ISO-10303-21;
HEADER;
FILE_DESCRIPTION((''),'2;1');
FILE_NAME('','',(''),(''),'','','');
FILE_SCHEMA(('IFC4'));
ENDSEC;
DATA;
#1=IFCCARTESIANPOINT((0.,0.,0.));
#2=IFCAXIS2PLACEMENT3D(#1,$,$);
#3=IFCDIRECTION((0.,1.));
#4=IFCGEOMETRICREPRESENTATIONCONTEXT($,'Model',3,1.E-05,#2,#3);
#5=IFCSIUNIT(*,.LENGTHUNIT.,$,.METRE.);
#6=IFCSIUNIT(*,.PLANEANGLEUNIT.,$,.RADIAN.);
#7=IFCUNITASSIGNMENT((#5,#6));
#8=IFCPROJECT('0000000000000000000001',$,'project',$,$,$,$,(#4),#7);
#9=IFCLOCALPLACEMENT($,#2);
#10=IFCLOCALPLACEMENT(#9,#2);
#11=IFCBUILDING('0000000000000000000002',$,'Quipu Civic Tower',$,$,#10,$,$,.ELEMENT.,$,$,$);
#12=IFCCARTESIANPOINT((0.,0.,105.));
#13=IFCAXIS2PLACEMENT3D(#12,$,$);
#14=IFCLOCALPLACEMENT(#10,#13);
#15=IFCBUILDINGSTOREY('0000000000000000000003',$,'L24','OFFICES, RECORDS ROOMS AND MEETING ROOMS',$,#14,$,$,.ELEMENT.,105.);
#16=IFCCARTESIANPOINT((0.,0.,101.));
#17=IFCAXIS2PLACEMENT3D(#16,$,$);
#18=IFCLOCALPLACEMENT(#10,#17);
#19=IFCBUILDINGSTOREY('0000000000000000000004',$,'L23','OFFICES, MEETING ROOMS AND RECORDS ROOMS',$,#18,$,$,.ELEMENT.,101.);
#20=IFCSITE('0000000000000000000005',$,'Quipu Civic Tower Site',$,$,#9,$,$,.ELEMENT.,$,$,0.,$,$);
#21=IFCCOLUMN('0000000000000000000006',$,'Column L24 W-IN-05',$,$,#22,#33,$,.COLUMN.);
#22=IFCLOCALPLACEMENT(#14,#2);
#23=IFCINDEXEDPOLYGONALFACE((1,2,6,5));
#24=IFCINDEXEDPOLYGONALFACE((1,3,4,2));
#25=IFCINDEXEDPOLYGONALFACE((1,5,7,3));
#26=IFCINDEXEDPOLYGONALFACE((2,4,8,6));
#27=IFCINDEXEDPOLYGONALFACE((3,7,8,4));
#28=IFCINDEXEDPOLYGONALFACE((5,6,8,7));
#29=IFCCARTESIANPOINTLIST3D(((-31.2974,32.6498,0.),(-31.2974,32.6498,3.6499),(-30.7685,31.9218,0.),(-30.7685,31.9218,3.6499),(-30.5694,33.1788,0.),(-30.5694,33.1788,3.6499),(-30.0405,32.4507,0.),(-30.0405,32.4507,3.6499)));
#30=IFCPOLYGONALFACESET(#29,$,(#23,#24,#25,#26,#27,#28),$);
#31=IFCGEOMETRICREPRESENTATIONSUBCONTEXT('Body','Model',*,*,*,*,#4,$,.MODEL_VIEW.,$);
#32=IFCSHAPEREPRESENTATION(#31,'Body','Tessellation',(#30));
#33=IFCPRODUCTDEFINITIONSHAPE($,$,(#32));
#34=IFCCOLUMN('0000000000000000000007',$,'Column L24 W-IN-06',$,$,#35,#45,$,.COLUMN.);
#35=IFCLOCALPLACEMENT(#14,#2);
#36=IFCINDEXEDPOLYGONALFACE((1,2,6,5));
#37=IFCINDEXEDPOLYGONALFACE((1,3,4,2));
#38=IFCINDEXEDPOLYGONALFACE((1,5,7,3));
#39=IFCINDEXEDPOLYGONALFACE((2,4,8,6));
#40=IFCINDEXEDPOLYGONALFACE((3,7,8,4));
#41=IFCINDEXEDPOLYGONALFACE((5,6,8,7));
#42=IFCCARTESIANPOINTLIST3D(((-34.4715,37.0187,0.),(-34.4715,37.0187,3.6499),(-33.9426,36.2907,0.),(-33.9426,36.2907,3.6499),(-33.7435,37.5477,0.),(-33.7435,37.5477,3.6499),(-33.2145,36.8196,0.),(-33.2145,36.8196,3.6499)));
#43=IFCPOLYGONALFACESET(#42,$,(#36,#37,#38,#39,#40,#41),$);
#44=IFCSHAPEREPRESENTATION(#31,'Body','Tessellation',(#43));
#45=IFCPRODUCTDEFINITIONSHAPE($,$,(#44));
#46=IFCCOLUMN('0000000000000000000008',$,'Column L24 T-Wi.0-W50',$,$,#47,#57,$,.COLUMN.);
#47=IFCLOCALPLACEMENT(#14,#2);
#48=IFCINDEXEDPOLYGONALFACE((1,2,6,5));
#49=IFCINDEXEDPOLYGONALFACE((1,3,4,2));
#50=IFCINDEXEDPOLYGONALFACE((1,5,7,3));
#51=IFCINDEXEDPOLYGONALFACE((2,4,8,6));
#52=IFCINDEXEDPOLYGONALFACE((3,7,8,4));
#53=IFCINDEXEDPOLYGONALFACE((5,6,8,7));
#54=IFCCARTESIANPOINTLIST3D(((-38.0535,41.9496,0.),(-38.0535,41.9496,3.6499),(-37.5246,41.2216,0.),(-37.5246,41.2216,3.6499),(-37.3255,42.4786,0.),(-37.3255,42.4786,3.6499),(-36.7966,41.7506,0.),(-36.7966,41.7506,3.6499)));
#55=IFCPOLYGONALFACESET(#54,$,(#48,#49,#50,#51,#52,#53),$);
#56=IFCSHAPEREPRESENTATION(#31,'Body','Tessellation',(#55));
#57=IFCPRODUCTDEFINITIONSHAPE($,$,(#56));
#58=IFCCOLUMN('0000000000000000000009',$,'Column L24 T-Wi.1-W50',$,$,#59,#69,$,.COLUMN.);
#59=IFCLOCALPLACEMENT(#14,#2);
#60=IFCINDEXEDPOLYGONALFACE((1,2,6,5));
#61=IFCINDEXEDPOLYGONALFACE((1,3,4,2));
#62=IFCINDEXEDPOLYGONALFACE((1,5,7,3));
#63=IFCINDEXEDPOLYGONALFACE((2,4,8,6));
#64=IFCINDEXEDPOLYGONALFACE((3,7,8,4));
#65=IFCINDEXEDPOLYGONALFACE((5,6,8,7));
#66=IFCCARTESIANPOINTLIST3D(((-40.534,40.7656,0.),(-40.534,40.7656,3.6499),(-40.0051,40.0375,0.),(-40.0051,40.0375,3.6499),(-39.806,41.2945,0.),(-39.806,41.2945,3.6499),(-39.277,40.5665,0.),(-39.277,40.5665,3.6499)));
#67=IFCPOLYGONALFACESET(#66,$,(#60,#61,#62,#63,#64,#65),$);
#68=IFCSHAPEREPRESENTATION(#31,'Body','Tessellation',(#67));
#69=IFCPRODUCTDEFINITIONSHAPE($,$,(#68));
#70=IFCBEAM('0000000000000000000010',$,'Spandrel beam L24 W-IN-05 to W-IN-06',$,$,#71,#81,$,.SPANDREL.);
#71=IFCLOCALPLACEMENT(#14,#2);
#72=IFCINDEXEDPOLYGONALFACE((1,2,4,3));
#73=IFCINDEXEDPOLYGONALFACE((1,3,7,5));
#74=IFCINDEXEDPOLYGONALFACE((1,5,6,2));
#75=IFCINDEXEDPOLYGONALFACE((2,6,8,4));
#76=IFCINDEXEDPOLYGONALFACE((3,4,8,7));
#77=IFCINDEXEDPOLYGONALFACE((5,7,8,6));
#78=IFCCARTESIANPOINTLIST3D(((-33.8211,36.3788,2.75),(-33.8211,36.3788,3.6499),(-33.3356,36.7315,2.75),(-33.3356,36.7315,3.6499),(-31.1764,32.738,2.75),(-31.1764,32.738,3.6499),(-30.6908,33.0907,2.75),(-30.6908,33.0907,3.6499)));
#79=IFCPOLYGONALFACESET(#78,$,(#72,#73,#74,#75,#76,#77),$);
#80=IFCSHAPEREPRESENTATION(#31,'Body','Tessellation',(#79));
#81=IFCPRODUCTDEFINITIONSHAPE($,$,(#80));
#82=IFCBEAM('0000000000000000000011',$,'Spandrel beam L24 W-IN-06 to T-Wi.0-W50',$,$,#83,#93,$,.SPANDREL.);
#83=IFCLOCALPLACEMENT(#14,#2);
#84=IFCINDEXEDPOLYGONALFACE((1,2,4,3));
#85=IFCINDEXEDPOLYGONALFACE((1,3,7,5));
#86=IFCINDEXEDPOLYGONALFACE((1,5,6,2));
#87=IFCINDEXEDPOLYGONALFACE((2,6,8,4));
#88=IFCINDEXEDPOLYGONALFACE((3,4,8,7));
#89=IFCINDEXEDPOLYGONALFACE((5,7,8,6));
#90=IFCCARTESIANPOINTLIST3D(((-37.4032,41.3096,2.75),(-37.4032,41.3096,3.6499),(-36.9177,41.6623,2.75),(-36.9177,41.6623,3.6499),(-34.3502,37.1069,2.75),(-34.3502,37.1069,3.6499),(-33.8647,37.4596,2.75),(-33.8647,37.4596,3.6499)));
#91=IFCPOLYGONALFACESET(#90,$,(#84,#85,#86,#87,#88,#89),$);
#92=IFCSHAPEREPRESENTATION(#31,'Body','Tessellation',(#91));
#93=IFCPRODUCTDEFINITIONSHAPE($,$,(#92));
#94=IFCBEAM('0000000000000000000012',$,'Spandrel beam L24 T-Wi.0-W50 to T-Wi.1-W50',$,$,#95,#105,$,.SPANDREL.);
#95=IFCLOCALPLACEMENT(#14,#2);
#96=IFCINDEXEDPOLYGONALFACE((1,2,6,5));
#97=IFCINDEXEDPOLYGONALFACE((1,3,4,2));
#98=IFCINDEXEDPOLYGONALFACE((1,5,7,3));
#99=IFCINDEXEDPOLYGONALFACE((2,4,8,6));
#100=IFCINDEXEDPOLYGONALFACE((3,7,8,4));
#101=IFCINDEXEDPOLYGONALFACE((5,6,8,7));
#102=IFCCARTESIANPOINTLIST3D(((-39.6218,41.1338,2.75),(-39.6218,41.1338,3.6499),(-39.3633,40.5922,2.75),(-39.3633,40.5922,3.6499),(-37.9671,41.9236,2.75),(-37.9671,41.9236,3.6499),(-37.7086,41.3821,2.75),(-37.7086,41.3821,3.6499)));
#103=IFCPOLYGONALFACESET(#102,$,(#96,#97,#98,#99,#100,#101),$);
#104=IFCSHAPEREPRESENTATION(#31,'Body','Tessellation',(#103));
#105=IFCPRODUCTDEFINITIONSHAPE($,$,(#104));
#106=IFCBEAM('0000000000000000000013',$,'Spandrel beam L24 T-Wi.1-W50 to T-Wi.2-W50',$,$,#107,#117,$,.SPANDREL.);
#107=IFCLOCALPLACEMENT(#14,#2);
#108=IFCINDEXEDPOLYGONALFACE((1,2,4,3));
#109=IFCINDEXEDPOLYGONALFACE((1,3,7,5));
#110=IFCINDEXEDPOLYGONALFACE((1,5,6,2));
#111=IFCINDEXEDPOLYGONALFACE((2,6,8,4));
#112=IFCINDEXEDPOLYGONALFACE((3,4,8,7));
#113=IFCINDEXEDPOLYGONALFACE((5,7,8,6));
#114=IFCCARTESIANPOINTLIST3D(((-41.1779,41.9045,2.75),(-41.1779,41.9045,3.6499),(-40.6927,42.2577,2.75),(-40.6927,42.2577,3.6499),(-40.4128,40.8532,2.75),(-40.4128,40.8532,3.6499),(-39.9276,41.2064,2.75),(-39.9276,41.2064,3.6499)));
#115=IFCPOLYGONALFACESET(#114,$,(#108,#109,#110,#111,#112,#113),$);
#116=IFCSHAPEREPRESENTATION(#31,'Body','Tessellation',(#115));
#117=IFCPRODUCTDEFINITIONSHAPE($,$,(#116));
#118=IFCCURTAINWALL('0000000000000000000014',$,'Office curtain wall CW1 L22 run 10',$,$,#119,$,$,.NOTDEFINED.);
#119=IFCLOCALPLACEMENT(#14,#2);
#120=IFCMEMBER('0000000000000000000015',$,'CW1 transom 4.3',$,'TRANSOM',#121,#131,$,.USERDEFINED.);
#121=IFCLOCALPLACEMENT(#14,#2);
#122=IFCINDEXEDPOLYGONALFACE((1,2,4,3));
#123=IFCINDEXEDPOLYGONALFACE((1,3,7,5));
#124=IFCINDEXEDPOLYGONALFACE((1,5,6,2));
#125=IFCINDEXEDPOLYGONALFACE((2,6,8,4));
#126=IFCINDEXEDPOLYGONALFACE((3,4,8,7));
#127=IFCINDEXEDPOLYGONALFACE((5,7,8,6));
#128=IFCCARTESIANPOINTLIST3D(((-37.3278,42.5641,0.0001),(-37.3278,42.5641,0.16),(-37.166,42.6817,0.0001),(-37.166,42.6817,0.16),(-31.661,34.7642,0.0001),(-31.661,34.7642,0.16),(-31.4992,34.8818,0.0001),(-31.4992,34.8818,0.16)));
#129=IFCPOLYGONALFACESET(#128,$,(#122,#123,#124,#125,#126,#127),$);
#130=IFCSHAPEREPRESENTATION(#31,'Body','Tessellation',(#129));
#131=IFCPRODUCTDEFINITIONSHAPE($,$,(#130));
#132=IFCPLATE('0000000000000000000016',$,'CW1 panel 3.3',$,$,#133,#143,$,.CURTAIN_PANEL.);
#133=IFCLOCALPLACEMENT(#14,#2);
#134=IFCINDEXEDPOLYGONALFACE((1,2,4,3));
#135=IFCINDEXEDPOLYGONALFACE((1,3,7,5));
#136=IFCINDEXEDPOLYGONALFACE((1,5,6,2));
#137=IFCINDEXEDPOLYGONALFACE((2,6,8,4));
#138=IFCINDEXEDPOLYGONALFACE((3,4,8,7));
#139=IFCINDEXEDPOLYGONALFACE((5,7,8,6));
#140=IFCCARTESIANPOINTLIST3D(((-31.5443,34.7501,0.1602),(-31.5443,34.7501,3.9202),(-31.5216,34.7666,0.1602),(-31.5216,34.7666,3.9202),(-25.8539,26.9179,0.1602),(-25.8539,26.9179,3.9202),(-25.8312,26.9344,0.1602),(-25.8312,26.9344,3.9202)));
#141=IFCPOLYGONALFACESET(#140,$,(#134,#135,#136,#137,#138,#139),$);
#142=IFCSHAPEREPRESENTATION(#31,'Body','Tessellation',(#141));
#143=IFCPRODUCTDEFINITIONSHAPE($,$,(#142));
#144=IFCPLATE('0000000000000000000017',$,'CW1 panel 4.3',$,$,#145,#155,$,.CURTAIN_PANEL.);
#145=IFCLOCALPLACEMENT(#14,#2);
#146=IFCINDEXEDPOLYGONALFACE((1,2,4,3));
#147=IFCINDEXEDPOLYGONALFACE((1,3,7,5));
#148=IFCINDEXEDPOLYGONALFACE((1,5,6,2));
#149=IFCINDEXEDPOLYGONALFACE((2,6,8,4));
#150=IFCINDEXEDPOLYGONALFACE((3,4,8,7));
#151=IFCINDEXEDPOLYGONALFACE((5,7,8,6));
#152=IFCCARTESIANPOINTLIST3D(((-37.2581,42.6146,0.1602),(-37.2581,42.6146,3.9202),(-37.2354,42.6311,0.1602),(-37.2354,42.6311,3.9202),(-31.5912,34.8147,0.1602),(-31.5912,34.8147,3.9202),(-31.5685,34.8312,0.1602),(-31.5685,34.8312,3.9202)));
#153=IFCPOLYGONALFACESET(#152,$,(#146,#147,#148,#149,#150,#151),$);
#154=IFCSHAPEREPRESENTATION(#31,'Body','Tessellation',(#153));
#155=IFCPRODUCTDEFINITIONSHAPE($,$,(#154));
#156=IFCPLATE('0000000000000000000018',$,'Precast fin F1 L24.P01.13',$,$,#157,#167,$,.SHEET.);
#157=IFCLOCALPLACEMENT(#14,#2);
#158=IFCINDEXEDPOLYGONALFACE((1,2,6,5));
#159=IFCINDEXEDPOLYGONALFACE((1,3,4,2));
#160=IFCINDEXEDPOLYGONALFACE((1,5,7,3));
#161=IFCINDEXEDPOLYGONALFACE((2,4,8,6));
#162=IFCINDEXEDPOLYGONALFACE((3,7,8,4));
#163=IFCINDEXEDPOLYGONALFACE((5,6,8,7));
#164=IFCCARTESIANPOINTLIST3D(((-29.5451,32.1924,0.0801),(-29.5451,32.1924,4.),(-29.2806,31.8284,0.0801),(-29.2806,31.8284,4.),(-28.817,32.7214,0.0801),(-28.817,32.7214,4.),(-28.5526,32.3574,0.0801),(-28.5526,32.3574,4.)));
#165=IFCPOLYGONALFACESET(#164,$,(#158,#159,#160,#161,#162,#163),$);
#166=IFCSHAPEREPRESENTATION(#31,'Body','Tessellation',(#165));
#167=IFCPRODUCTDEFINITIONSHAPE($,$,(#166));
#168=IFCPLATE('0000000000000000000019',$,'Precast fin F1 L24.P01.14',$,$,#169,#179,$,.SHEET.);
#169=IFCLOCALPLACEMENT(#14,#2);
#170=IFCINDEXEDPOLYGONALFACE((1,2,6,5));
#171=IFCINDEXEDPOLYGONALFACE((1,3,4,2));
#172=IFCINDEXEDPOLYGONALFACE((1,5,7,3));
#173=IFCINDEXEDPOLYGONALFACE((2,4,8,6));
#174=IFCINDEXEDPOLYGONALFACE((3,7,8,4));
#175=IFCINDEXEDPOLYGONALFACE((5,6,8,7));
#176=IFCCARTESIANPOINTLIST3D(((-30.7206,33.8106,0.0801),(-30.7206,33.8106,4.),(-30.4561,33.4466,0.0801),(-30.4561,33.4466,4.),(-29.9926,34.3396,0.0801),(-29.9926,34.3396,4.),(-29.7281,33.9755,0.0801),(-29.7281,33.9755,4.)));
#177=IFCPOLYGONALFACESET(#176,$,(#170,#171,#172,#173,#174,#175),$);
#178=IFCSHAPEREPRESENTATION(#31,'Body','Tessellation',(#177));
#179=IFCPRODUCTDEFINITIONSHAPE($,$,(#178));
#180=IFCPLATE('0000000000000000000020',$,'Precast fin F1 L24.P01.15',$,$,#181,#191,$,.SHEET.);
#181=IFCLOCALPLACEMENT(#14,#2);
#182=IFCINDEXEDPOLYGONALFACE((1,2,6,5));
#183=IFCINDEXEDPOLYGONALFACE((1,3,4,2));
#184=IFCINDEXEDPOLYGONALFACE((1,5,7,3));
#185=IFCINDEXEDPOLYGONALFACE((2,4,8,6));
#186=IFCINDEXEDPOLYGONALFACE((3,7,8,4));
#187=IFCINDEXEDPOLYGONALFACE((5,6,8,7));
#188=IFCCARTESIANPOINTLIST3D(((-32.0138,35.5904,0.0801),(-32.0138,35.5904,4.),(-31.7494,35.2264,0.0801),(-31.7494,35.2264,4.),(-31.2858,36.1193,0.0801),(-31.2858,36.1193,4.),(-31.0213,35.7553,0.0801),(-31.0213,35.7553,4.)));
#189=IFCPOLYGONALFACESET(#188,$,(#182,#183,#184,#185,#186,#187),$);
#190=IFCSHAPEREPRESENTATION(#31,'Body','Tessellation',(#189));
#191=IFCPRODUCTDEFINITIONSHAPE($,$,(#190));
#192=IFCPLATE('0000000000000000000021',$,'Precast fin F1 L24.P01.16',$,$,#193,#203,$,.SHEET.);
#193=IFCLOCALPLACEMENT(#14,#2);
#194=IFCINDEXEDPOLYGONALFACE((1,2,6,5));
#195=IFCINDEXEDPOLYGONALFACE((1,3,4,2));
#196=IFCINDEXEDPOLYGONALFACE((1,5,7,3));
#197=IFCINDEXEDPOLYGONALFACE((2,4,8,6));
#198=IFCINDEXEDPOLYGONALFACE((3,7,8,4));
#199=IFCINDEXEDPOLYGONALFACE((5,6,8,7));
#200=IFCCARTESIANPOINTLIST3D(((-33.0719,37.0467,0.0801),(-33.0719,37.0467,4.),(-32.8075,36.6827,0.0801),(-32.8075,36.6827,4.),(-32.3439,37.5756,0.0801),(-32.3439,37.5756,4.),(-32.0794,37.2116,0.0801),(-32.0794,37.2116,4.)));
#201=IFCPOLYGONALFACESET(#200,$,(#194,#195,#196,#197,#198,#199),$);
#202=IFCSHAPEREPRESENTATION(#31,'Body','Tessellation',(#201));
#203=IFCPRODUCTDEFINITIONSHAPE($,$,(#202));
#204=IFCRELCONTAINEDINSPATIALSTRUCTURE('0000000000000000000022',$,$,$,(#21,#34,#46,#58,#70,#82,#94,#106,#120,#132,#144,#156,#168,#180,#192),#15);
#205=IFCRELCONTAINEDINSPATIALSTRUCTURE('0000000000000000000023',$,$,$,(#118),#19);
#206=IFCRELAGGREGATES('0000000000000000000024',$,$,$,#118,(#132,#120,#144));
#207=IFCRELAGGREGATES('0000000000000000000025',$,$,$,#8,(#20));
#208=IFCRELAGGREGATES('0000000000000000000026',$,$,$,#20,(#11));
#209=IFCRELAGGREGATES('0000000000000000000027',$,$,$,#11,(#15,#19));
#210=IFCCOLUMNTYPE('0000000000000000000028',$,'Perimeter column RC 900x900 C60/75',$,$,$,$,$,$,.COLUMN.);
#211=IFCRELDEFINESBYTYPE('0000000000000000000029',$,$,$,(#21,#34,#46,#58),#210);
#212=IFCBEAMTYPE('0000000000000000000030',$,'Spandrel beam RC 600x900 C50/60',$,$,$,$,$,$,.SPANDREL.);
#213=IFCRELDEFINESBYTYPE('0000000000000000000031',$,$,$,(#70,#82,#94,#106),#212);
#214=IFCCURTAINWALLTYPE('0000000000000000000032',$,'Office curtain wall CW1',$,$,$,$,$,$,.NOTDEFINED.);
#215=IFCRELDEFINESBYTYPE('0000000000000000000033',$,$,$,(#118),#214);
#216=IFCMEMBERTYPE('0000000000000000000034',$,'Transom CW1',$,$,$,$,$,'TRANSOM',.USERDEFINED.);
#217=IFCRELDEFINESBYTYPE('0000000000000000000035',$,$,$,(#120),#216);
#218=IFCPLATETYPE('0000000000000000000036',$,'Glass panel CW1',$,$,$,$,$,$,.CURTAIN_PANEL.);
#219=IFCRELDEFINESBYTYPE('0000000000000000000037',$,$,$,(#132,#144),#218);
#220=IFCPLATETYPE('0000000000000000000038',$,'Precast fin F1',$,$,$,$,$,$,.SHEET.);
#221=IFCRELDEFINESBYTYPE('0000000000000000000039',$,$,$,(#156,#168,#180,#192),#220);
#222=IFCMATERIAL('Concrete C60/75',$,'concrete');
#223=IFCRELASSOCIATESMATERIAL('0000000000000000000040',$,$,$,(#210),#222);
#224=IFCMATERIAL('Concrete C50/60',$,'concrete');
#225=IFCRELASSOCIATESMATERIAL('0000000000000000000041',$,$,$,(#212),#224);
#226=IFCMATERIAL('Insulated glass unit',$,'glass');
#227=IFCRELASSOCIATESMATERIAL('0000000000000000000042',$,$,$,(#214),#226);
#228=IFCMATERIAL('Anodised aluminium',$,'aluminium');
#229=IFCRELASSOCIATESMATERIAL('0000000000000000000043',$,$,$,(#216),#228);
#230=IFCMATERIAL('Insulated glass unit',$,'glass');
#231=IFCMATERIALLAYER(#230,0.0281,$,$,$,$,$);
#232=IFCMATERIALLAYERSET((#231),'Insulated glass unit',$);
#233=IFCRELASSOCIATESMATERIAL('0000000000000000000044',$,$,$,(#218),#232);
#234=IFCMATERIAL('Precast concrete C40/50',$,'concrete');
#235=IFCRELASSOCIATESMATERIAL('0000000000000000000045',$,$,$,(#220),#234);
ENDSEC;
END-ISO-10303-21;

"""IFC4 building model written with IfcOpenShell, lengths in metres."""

from ifc_helpers import new_model, si_unit, direction, frame, origin, origin_2d, place, context, subcontext, project, spatial, rectangle, extrude, material, layer, layer_set, material_profile, profile_set, type_object, element, aggregate, save


model = new_model("IFC4")

# Units and contexts
model_context = context("Model", 3, precision=1e-05, world=origin(), true_north=direction((0.0, 1.0)))
body_context = subcontext(model_context, "Body", "Model", "MODEL_VIEW")
ifc_project = project(units=[si_unit("LENGTHUNIT", "METRE"), si_unit("PLANEANGLEUNIT", "RADIAN")], contexts=[model_context])

# Site, building, storey
site_placement = place(None, origin())
site = spatial("IfcSite", under=ifc_project, at=site_placement, Name="Quipu Civic Tower Site", CompositionType="ELEMENT", RefElevation=0.0)
building_placement = place(site_placement, origin())
building = spatial("IfcBuilding", under=site, at=building_placement, Name="Quipu Civic Tower", CompositionType="ELEMENT")
storey_1_placement = place(building_placement, frame((0.0, 0.0, 105.0)))
storey_1 = spatial("IfcBuildingStorey", under=building, at=storey_1_placement, Name="L24", Description="OFFICES, RECORDS ROOMS AND MEETING ROOMS", CompositionType="ELEMENT", Elevation=105.0)

# Columns
ifc_material_1 = material(Name="Concrete C60/75", Category="concrete")
ifc_material_profile_1 = material_profile(ifc_material_1, rectangle(XDim=0.8999, YDim=0.8999, at=origin_2d()), Name="RC900x900")
ifc_profile_set_1 = profile_set([ifc_material_profile_1], Name="Concrete C60/75")
column_type = type_object("IfcColumnType", Name="Perimeter column RC 900x900 C60/75", PredefinedType="COLUMN", material=ifc_profile_set_1)
for number, where, z_axis, x_axis, name in (
    (1, (-30.6689, 32.5503, 0.0), (0.0, 0.0, 1.0), (-0.587785, 0.809017, 0.0), "Column L24 W-IN-05"),
    (2, (-33.843, 36.9192, 0.0), (0.0, 0.0, 1.0), (-0.587785, 0.809017, 0.0), "Column L24 W-IN-06"),
    (3, (-37.425, 41.8501, 0.0), (0.0, 0.0, 1.0), (-0.587785, 0.809017, 0.0), "Column L24 T-Wi.0-W50"),
    (4, (-39.9055, 40.666, 0.0), (0.0, 0.0, 1.0), (-0.587785, 0.809017, 0.0), "Column L24 T-Wi.1-W50"),
):
    element("IfcColumn", number, at=place(storey_1_placement, frame(where, z_axis=z_axis, x_axis=x_axis)), inside=storey_1, type_object=column_type, Name=name, PredefinedType="COLUMN", context=body_context, shape_type="SweptSolid", body=[
        extrude(rectangle(XDim=0.8999, YDim=0.8999, at=origin_2d()), origin(), (0.0, 0.0, 1.0), 3.6499),
    ])

# Beams
ifc_material_2 = material(Name="Concrete C50/60", Category="concrete")
ifc_material_profile_2 = material_profile(ifc_material_2, rectangle(XDim=0.6001, YDim=0.8999, at=origin_2d()), Name="RC600x900")
ifc_profile_set_2 = profile_set([ifc_material_profile_2], Name="Concrete C50/60")
beam_type = type_object("IfcBeamType", Name="Spandrel beam RC 600x900 C50/60", PredefinedType="SPANDREL", material=ifc_profile_set_2)
beam_1_placement = place(storey_1_placement, frame((-30.9336, 32.9143, 3.2), z_axis=(-0.587717, 0.809067, 0.0), x_axis=(-0.809067, -0.587717, 0.0)))
element("IfcBeam", 5, at=beam_1_placement, inside=storey_1, type_object=beam_type, Name="Spandrel beam L24 W-IN-05 to W-IN-06", PredefinedType="SPANDREL", context=body_context, shape_type="SweptSolid", body=[
    extrude(rectangle(XDim=0.6001, YDim=0.8999, at=origin_2d()), origin(), (0.0, 0.0, 1.0), 4.5),
])
beam_2_placement = place(storey_1_placement, frame((-34.1074, 37.2832, 3.2), z_axis=(-0.587733, 0.809055, 0.0), x_axis=(-0.809055, -0.587733, 0.0)))
element("IfcBeam", 6, at=beam_2_placement, inside=storey_1, type_object=beam_type, Name="Spandrel beam L24 W-IN-06 to T-Wi.0-W50", PredefinedType="SPANDREL", context=body_context, shape_type="SweptSolid", body=[
    extrude(rectangle(XDim=0.6001, YDim=0.8999, at=origin_2d()), origin(), (0.0, 0.0, 1.0), 5.1946),
])
beam_3_placement = place(storey_1_placement, frame((-37.8379, 41.6528, 3.2), z_axis=(-0.902454, -0.430786, 0.0), x_axis=(0.430786, -0.902454, 0.0)))
element("IfcBeam", 7, at=beam_3_placement, inside=storey_1, type_object=beam_type, Name="Spandrel beam L24 T-Wi.0-W50 to T-Wi.1-W50", PredefinedType="SPANDREL", context=body_context, shape_type="SweptSolid", body=[
    extrude(rectangle(XDim=0.6001, YDim=0.8999, at=origin_2d()), origin(), (0.0, 0.0, 1.0), 1.8335),
])
beam_4_placement = place(storey_1_placement, frame((-40.1702, 41.0298, 3.2), z_axis=(-0.588462, 0.808525, 0.0), x_axis=(-0.808525, -0.588462, 0.0)))
element("IfcBeam", 8, at=beam_4_placement, inside=storey_1, type_object=beam_type, Name="Spandrel beam L24 T-Wi.1-W50 to T-Wi.2-W50", PredefinedType="SPANDREL", context=body_context, shape_type="SweptSolid", body=[
    extrude(rectangle(XDim=0.6001, YDim=0.8999, at=origin_2d()), origin(), (0.0, 0.0, 1.0), 1.3003),
])

# Shared definitions
storey_2_placement = place(building_placement, frame((0.0, 0.0, 101.0)))
storey_2 = spatial("IfcBuildingStorey", under=building, at=storey_2_placement, Name="L23", Description="OFFICES, MEETING ROOMS AND RECORDS ROOMS", CompositionType="ELEMENT", Elevation=101.0)

# Curtain wall, member, plates
ifc_material_3 = material(Name="Insulated glass unit", Category="glass")
curtain_wall_type = type_object("IfcCurtainWallType", Name="Office curtain wall CW1", PredefinedType="NOTDEFINED", material=ifc_material_3)
curtain_wall_placement = place(storey_2_placement, origin())
curtain_wall = element("IfcCurtainWall", 9, at=curtain_wall_placement, inside=storey_2, type_object=curtain_wall_type, Name="Office curtain wall CW1 L22 run 10", PredefinedType="NOTDEFINED")
ifc_material_4 = material(Name="Anodised aluminium", Category="aluminium")
ifc_material_profile_3 = material_profile(ifc_material_4, rectangle(XDim=0.2, YDim=0.1599, at=origin_2d()), Name="RECT 200x160")
ifc_profile_set_3 = profile_set([ifc_material_profile_3], Name="Anodised aluminium")
member_type = type_object("IfcMemberType", Name="Transom CW1", ElementType="TRANSOM", PredefinedType="USERDEFINED", material=ifc_profile_set_3)
member_placement = place(storey_1_placement, frame((-31.5801, 34.823, 0.0801), z_axis=(-0.587776, 0.809024, 0.0), x_axis=(-0.809024, -0.587776, 0.0)))
member = element("IfcMember", 10, at=member_placement, inside=storey_1, type_object=member_type, Name="CW1 transom 4.3", ObjectType="TRANSOM", PredefinedType="USERDEFINED", context=body_context, shape_type="SweptSolid", body=[
    extrude(rectangle(XDim=0.2, YDim=0.1599, at=origin_2d()), origin(), (0.0, 0.0, 1.0), 9.6411),
])
ifc_material_5 = material(Name="Insulated glass unit", Category="glass")
ifc_layer_1 = layer(ifc_material_5, 0.0281)
ifc_layer_set_1 = layer_set([ifc_layer_1], Name="Insulated glass unit")
plate_type_1 = type_object("IfcPlateType", Name="Glass panel CW1", PredefinedType="CURTAIN_PANEL", material=ifc_layer_set_1)
plate_1_placement = place(storey_1_placement, frame((-28.6877, 30.8423, 0.1602), z_axis=(0.0, 0.0, 1.0), x_axis=(-0.587786, 0.809017, 0.0)))
plate_1 = element("IfcPlate", 11, at=plate_1_placement, inside=storey_1, type_object=plate_type_1, Name="CW1 panel 3.3", PredefinedType="CURTAIN_PANEL", context=body_context, shape_type="SweptSolid", body=[
    extrude(rectangle(XDim=9.6812, YDim=0.0281, at=origin_2d()), origin(), (0.0, 0.0, 1.0), 3.76),
])
plate_2_placement = place(storey_1_placement, frame((-34.4133, 38.7229, 0.1602), z_axis=(0.0, 0.0, 1.0), x_axis=(-0.587786, 0.809017, 0.0)))
plate_2 = element("IfcPlate", 12, at=plate_2_placement, inside=storey_1, type_object=plate_type_1, Name="CW1 panel 4.3", PredefinedType="CURTAIN_PANEL", context=body_context, shape_type="SweptSolid", body=[
    extrude(rectangle(XDim=9.6411, YDim=0.0281, at=origin_2d()), origin(), (0.0, 0.0, 1.0), 3.76),
])
aggregate(curtain_wall, [plate_1, member, plate_2])

# Plates
ifc_material_6 = material(Name="Precast concrete C40/50", Category="concrete")
plate_type_2 = type_object("IfcPlateType", Name="Precast fin F1", PredefinedType="SHEET", material=ifc_material_6)
for number, where, z_axis, x_axis, name in (
    (13, (-29.0488, 32.2749, 0.0801), (0.0, 0.0, 1.0), (-0.587785, 0.809017, 0.0), "Precast fin F1 L24.P01.13"),
    (14, (-30.2244, 33.8931, 0.0801), (0.0, 0.0, 1.0), (-0.587785, 0.809017, 0.0), "Precast fin F1 L24.P01.14"),
    (15, (-31.5176, 35.6729, 0.0801), (0.0, 0.0, 1.0), (-0.587785, 0.809017, 0.0), "Precast fin F1 L24.P01.15"),
    (16, (-32.5757, 37.1292, 0.0801), (0.0, 0.0, 1.0), (-0.587785, 0.809017, 0.0), "Precast fin F1 L24.P01.16"),
):
    element("IfcPlate", number, at=place(storey_1_placement, frame(where, z_axis=z_axis, x_axis=x_axis)), inside=storey_1, type_object=plate_type_2, Name=name, PredefinedType="SHEET", context=body_context, shape_type="SweptSolid", body=[
        extrude(rectangle(XDim=0.45, YDim=0.8999, at=origin_2d()), origin(), (0.0, 0.0, 1.0), 3.9199),
    ])

save(model, "model.ifc")
